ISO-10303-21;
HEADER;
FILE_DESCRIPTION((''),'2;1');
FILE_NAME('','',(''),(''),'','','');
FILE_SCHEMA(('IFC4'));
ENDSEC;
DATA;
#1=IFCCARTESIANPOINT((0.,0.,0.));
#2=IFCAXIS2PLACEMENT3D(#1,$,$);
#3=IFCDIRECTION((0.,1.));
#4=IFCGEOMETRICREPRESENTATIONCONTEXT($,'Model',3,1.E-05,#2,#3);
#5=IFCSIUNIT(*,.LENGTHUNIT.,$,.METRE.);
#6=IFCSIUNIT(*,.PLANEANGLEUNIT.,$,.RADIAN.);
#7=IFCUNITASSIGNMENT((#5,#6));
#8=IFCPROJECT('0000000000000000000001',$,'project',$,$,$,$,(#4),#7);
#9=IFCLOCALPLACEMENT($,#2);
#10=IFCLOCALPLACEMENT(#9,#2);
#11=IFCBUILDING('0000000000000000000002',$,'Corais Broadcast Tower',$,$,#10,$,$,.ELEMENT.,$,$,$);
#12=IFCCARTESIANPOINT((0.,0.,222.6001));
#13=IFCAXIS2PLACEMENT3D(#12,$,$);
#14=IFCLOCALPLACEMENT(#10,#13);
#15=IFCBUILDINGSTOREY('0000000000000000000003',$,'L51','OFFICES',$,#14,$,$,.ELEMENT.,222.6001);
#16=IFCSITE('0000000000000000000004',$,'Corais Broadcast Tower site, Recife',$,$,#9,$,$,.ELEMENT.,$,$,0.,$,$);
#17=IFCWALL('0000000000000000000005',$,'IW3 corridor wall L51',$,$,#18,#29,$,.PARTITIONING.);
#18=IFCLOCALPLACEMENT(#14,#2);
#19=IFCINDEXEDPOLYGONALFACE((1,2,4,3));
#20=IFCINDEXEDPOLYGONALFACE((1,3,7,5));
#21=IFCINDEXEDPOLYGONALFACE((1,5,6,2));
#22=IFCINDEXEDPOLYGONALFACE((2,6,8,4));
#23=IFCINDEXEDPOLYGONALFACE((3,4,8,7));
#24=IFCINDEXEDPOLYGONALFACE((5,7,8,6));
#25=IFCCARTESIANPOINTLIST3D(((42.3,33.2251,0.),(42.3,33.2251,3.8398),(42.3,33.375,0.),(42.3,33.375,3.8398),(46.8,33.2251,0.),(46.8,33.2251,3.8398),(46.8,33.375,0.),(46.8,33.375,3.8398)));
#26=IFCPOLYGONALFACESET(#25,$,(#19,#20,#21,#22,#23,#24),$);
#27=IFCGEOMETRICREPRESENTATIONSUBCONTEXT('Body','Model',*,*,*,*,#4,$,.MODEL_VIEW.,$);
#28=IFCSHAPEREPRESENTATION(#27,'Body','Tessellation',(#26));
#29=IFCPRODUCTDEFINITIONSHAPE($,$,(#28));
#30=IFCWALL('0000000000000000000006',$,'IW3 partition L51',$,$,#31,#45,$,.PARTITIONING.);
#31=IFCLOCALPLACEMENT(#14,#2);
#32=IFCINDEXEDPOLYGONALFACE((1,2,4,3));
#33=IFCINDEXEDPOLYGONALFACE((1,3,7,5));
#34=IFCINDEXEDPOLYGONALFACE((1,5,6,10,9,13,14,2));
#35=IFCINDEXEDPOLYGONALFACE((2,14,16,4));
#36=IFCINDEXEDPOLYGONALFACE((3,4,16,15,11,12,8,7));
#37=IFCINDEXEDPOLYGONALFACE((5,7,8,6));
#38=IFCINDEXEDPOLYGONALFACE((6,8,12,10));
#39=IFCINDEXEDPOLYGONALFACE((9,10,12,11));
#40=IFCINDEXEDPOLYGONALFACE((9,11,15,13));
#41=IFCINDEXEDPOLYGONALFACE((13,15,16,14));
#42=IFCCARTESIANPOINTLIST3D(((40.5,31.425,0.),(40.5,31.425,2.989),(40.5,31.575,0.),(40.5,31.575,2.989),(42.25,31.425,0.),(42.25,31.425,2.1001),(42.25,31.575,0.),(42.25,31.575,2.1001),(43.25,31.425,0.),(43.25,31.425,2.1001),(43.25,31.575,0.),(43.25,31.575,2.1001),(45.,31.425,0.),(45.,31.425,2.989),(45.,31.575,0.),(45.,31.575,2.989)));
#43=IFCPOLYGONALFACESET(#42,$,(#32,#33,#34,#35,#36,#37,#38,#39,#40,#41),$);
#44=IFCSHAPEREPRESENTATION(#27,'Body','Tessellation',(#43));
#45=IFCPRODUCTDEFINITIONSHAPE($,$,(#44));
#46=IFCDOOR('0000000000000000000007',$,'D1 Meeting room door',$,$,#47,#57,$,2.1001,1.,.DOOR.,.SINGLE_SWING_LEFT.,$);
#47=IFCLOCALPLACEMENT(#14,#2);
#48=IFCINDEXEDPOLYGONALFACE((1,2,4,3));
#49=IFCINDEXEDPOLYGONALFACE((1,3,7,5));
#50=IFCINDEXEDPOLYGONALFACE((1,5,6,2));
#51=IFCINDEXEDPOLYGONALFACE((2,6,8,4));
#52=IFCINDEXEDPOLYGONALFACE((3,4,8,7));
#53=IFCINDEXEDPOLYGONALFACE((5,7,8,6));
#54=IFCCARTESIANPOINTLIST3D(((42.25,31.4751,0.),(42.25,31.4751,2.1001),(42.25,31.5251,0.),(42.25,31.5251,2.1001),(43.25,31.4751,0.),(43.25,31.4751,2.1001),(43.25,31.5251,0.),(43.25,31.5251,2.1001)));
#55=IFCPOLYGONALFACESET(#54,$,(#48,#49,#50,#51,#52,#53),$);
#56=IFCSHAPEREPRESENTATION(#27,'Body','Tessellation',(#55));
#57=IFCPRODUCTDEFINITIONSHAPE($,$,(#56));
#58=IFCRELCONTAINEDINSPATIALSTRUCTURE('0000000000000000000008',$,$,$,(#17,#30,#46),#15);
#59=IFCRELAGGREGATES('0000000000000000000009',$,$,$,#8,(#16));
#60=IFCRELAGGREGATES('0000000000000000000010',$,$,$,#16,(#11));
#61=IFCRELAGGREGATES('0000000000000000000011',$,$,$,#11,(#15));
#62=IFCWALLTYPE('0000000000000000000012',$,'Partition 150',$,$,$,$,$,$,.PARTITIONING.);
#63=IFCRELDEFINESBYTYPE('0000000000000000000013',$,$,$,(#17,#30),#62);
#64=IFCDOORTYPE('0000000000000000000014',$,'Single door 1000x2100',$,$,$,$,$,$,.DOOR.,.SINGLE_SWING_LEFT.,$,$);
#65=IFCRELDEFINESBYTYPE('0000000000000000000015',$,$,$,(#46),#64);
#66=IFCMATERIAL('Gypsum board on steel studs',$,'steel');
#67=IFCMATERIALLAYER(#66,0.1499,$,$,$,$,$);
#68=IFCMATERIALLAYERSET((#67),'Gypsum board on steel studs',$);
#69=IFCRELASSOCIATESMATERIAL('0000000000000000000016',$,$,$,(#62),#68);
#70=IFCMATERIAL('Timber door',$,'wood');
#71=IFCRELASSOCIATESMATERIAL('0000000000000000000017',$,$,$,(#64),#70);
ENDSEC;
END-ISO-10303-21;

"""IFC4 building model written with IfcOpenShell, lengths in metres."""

from ifc_helpers import new_model, si_unit, direction, frame, frame_2d, origin, place, context, subcontext, project, spatial, rectangle, extrude, material, layer, layer_set, type_object, element, fill, save


model = new_model("IFC4")

# Units and contexts
model_context = context("Model", 3, precision=1e-05, world=origin(), true_north=direction((0.0, 1.0)))
body_context = subcontext(model_context, "Body", "Model", "MODEL_VIEW")
ifc_project = project(units=[si_unit("LENGTHUNIT", "METRE"), si_unit("PLANEANGLEUNIT", "RADIAN")], contexts=[model_context])

# Site, building, storey
site_placement = place(None, origin())
site = spatial("IfcSite", under=ifc_project, at=site_placement, Name="Corais Broadcast Tower site, Recife", CompositionType="ELEMENT", RefElevation=0.0)
building_placement = place(site_placement, origin())
building = spatial("IfcBuilding", under=site, at=building_placement, Name="Corais Broadcast Tower", CompositionType="ELEMENT")
storey_placement = place(building_placement, frame((0.0, 0.0, 222.6001)))
storey = spatial("IfcBuildingStorey", under=building, at=storey_placement, Name="L51", Description="OFFICES", CompositionType="ELEMENT", Elevation=222.6001)

# Wall
ifc_material_1 = material(Name="Gypsum board on steel studs", Category="steel")
ifc_layer_1 = layer(ifc_material_1, 0.1499)
ifc_layer_set_1 = layer_set([ifc_layer_1], Name="Gypsum board on steel studs")
wall_type = type_object("IfcWallType", Name="Partition 150", PredefinedType="PARTITIONING", material=ifc_layer_set_1)
wall_1_placement = place(storey_placement, frame((46.8, 33.3, 0.0), z_axis=(0.0, 0.0, 1.0), x_axis=(-1.0, 0.0, 0.0)))
element("IfcWall", 1, at=wall_1_placement, inside=storey, type_object=wall_type, Name="IW3 corridor wall L51", PredefinedType="PARTITIONING", context=body_context, shape_type="SweptSolid", body=[
    extrude(rectangle(XDim=4.5, YDim=0.1499, at=frame_2d((2.25, 0.0))), origin(), (0.0, 0.0, 1.0), 3.8398),
])

# Wall, opening, door
wall_2_placement = place(storey_placement, frame((45.0, 31.5, 0.0), z_axis=(0.0, 0.0, 1.0), x_axis=(-1.0, 0.0, 0.0)))
wall_2 = element("IfcWall", 2, at=wall_2_placement, inside=storey, type_object=wall_type, Name="IW3 partition L51", PredefinedType="PARTITIONING", context=body_context, shape_type="SweptSolid", body=[
    extrude(rectangle(XDim=4.5, YDim=0.1499, at=frame_2d((2.25, 0.0))), origin(), (0.0, 0.0, 1.0), 2.989),
])
opening_placement = place(wall_2_placement, frame((1.75, 0.0, 0.0)))
opening = element("IfcOpeningElement", 3, at=opening_placement, cuts=wall_2, PredefinedType="OPENING", context=body_context, shape_type="SweptSolid", body=[
    extrude(rectangle(XDim=1.0, YDim=2.1001, at=frame_2d((0.5, 1.05))), frame((0.0, 0.085, 0.0), z_axis=(0.0, -1.0, 0.0), x_axis=(1.0, 0.0, 0.0)), (0.0, 0.0, 1.0), 0.1699),
])
ifc_material_2 = material(Name="Timber door", Category="wood")
door_type = type_object("IfcDoorType", Name="Single door 1000x2100", OperationType="SINGLE_SWING_LEFT", PredefinedType="DOOR", material=ifc_material_2)
door_placement = place(opening_placement, origin())
door = element("IfcDoor", 4, at=door_placement, inside=storey, type_object=door_type, Name="D1 Meeting room door", OperationType="SINGLE_SWING_LEFT", OverallHeight=2.1001, OverallWidth=1.0, PredefinedType="DOOR", context=body_context, shape_type="SweptSolid", body=[
    extrude(rectangle(XDim=1.0, YDim=2.1001, at=frame_2d((0.5, 1.05))), frame((0.0, 0.0249, 0.0), z_axis=(0.0, -1.0, 0.0), x_axis=(1.0, 0.0, 0.0)), (0.0, 0.0, 1.0), 0.05),
])
fill(opening, door)

save(model, "model.ifc")
